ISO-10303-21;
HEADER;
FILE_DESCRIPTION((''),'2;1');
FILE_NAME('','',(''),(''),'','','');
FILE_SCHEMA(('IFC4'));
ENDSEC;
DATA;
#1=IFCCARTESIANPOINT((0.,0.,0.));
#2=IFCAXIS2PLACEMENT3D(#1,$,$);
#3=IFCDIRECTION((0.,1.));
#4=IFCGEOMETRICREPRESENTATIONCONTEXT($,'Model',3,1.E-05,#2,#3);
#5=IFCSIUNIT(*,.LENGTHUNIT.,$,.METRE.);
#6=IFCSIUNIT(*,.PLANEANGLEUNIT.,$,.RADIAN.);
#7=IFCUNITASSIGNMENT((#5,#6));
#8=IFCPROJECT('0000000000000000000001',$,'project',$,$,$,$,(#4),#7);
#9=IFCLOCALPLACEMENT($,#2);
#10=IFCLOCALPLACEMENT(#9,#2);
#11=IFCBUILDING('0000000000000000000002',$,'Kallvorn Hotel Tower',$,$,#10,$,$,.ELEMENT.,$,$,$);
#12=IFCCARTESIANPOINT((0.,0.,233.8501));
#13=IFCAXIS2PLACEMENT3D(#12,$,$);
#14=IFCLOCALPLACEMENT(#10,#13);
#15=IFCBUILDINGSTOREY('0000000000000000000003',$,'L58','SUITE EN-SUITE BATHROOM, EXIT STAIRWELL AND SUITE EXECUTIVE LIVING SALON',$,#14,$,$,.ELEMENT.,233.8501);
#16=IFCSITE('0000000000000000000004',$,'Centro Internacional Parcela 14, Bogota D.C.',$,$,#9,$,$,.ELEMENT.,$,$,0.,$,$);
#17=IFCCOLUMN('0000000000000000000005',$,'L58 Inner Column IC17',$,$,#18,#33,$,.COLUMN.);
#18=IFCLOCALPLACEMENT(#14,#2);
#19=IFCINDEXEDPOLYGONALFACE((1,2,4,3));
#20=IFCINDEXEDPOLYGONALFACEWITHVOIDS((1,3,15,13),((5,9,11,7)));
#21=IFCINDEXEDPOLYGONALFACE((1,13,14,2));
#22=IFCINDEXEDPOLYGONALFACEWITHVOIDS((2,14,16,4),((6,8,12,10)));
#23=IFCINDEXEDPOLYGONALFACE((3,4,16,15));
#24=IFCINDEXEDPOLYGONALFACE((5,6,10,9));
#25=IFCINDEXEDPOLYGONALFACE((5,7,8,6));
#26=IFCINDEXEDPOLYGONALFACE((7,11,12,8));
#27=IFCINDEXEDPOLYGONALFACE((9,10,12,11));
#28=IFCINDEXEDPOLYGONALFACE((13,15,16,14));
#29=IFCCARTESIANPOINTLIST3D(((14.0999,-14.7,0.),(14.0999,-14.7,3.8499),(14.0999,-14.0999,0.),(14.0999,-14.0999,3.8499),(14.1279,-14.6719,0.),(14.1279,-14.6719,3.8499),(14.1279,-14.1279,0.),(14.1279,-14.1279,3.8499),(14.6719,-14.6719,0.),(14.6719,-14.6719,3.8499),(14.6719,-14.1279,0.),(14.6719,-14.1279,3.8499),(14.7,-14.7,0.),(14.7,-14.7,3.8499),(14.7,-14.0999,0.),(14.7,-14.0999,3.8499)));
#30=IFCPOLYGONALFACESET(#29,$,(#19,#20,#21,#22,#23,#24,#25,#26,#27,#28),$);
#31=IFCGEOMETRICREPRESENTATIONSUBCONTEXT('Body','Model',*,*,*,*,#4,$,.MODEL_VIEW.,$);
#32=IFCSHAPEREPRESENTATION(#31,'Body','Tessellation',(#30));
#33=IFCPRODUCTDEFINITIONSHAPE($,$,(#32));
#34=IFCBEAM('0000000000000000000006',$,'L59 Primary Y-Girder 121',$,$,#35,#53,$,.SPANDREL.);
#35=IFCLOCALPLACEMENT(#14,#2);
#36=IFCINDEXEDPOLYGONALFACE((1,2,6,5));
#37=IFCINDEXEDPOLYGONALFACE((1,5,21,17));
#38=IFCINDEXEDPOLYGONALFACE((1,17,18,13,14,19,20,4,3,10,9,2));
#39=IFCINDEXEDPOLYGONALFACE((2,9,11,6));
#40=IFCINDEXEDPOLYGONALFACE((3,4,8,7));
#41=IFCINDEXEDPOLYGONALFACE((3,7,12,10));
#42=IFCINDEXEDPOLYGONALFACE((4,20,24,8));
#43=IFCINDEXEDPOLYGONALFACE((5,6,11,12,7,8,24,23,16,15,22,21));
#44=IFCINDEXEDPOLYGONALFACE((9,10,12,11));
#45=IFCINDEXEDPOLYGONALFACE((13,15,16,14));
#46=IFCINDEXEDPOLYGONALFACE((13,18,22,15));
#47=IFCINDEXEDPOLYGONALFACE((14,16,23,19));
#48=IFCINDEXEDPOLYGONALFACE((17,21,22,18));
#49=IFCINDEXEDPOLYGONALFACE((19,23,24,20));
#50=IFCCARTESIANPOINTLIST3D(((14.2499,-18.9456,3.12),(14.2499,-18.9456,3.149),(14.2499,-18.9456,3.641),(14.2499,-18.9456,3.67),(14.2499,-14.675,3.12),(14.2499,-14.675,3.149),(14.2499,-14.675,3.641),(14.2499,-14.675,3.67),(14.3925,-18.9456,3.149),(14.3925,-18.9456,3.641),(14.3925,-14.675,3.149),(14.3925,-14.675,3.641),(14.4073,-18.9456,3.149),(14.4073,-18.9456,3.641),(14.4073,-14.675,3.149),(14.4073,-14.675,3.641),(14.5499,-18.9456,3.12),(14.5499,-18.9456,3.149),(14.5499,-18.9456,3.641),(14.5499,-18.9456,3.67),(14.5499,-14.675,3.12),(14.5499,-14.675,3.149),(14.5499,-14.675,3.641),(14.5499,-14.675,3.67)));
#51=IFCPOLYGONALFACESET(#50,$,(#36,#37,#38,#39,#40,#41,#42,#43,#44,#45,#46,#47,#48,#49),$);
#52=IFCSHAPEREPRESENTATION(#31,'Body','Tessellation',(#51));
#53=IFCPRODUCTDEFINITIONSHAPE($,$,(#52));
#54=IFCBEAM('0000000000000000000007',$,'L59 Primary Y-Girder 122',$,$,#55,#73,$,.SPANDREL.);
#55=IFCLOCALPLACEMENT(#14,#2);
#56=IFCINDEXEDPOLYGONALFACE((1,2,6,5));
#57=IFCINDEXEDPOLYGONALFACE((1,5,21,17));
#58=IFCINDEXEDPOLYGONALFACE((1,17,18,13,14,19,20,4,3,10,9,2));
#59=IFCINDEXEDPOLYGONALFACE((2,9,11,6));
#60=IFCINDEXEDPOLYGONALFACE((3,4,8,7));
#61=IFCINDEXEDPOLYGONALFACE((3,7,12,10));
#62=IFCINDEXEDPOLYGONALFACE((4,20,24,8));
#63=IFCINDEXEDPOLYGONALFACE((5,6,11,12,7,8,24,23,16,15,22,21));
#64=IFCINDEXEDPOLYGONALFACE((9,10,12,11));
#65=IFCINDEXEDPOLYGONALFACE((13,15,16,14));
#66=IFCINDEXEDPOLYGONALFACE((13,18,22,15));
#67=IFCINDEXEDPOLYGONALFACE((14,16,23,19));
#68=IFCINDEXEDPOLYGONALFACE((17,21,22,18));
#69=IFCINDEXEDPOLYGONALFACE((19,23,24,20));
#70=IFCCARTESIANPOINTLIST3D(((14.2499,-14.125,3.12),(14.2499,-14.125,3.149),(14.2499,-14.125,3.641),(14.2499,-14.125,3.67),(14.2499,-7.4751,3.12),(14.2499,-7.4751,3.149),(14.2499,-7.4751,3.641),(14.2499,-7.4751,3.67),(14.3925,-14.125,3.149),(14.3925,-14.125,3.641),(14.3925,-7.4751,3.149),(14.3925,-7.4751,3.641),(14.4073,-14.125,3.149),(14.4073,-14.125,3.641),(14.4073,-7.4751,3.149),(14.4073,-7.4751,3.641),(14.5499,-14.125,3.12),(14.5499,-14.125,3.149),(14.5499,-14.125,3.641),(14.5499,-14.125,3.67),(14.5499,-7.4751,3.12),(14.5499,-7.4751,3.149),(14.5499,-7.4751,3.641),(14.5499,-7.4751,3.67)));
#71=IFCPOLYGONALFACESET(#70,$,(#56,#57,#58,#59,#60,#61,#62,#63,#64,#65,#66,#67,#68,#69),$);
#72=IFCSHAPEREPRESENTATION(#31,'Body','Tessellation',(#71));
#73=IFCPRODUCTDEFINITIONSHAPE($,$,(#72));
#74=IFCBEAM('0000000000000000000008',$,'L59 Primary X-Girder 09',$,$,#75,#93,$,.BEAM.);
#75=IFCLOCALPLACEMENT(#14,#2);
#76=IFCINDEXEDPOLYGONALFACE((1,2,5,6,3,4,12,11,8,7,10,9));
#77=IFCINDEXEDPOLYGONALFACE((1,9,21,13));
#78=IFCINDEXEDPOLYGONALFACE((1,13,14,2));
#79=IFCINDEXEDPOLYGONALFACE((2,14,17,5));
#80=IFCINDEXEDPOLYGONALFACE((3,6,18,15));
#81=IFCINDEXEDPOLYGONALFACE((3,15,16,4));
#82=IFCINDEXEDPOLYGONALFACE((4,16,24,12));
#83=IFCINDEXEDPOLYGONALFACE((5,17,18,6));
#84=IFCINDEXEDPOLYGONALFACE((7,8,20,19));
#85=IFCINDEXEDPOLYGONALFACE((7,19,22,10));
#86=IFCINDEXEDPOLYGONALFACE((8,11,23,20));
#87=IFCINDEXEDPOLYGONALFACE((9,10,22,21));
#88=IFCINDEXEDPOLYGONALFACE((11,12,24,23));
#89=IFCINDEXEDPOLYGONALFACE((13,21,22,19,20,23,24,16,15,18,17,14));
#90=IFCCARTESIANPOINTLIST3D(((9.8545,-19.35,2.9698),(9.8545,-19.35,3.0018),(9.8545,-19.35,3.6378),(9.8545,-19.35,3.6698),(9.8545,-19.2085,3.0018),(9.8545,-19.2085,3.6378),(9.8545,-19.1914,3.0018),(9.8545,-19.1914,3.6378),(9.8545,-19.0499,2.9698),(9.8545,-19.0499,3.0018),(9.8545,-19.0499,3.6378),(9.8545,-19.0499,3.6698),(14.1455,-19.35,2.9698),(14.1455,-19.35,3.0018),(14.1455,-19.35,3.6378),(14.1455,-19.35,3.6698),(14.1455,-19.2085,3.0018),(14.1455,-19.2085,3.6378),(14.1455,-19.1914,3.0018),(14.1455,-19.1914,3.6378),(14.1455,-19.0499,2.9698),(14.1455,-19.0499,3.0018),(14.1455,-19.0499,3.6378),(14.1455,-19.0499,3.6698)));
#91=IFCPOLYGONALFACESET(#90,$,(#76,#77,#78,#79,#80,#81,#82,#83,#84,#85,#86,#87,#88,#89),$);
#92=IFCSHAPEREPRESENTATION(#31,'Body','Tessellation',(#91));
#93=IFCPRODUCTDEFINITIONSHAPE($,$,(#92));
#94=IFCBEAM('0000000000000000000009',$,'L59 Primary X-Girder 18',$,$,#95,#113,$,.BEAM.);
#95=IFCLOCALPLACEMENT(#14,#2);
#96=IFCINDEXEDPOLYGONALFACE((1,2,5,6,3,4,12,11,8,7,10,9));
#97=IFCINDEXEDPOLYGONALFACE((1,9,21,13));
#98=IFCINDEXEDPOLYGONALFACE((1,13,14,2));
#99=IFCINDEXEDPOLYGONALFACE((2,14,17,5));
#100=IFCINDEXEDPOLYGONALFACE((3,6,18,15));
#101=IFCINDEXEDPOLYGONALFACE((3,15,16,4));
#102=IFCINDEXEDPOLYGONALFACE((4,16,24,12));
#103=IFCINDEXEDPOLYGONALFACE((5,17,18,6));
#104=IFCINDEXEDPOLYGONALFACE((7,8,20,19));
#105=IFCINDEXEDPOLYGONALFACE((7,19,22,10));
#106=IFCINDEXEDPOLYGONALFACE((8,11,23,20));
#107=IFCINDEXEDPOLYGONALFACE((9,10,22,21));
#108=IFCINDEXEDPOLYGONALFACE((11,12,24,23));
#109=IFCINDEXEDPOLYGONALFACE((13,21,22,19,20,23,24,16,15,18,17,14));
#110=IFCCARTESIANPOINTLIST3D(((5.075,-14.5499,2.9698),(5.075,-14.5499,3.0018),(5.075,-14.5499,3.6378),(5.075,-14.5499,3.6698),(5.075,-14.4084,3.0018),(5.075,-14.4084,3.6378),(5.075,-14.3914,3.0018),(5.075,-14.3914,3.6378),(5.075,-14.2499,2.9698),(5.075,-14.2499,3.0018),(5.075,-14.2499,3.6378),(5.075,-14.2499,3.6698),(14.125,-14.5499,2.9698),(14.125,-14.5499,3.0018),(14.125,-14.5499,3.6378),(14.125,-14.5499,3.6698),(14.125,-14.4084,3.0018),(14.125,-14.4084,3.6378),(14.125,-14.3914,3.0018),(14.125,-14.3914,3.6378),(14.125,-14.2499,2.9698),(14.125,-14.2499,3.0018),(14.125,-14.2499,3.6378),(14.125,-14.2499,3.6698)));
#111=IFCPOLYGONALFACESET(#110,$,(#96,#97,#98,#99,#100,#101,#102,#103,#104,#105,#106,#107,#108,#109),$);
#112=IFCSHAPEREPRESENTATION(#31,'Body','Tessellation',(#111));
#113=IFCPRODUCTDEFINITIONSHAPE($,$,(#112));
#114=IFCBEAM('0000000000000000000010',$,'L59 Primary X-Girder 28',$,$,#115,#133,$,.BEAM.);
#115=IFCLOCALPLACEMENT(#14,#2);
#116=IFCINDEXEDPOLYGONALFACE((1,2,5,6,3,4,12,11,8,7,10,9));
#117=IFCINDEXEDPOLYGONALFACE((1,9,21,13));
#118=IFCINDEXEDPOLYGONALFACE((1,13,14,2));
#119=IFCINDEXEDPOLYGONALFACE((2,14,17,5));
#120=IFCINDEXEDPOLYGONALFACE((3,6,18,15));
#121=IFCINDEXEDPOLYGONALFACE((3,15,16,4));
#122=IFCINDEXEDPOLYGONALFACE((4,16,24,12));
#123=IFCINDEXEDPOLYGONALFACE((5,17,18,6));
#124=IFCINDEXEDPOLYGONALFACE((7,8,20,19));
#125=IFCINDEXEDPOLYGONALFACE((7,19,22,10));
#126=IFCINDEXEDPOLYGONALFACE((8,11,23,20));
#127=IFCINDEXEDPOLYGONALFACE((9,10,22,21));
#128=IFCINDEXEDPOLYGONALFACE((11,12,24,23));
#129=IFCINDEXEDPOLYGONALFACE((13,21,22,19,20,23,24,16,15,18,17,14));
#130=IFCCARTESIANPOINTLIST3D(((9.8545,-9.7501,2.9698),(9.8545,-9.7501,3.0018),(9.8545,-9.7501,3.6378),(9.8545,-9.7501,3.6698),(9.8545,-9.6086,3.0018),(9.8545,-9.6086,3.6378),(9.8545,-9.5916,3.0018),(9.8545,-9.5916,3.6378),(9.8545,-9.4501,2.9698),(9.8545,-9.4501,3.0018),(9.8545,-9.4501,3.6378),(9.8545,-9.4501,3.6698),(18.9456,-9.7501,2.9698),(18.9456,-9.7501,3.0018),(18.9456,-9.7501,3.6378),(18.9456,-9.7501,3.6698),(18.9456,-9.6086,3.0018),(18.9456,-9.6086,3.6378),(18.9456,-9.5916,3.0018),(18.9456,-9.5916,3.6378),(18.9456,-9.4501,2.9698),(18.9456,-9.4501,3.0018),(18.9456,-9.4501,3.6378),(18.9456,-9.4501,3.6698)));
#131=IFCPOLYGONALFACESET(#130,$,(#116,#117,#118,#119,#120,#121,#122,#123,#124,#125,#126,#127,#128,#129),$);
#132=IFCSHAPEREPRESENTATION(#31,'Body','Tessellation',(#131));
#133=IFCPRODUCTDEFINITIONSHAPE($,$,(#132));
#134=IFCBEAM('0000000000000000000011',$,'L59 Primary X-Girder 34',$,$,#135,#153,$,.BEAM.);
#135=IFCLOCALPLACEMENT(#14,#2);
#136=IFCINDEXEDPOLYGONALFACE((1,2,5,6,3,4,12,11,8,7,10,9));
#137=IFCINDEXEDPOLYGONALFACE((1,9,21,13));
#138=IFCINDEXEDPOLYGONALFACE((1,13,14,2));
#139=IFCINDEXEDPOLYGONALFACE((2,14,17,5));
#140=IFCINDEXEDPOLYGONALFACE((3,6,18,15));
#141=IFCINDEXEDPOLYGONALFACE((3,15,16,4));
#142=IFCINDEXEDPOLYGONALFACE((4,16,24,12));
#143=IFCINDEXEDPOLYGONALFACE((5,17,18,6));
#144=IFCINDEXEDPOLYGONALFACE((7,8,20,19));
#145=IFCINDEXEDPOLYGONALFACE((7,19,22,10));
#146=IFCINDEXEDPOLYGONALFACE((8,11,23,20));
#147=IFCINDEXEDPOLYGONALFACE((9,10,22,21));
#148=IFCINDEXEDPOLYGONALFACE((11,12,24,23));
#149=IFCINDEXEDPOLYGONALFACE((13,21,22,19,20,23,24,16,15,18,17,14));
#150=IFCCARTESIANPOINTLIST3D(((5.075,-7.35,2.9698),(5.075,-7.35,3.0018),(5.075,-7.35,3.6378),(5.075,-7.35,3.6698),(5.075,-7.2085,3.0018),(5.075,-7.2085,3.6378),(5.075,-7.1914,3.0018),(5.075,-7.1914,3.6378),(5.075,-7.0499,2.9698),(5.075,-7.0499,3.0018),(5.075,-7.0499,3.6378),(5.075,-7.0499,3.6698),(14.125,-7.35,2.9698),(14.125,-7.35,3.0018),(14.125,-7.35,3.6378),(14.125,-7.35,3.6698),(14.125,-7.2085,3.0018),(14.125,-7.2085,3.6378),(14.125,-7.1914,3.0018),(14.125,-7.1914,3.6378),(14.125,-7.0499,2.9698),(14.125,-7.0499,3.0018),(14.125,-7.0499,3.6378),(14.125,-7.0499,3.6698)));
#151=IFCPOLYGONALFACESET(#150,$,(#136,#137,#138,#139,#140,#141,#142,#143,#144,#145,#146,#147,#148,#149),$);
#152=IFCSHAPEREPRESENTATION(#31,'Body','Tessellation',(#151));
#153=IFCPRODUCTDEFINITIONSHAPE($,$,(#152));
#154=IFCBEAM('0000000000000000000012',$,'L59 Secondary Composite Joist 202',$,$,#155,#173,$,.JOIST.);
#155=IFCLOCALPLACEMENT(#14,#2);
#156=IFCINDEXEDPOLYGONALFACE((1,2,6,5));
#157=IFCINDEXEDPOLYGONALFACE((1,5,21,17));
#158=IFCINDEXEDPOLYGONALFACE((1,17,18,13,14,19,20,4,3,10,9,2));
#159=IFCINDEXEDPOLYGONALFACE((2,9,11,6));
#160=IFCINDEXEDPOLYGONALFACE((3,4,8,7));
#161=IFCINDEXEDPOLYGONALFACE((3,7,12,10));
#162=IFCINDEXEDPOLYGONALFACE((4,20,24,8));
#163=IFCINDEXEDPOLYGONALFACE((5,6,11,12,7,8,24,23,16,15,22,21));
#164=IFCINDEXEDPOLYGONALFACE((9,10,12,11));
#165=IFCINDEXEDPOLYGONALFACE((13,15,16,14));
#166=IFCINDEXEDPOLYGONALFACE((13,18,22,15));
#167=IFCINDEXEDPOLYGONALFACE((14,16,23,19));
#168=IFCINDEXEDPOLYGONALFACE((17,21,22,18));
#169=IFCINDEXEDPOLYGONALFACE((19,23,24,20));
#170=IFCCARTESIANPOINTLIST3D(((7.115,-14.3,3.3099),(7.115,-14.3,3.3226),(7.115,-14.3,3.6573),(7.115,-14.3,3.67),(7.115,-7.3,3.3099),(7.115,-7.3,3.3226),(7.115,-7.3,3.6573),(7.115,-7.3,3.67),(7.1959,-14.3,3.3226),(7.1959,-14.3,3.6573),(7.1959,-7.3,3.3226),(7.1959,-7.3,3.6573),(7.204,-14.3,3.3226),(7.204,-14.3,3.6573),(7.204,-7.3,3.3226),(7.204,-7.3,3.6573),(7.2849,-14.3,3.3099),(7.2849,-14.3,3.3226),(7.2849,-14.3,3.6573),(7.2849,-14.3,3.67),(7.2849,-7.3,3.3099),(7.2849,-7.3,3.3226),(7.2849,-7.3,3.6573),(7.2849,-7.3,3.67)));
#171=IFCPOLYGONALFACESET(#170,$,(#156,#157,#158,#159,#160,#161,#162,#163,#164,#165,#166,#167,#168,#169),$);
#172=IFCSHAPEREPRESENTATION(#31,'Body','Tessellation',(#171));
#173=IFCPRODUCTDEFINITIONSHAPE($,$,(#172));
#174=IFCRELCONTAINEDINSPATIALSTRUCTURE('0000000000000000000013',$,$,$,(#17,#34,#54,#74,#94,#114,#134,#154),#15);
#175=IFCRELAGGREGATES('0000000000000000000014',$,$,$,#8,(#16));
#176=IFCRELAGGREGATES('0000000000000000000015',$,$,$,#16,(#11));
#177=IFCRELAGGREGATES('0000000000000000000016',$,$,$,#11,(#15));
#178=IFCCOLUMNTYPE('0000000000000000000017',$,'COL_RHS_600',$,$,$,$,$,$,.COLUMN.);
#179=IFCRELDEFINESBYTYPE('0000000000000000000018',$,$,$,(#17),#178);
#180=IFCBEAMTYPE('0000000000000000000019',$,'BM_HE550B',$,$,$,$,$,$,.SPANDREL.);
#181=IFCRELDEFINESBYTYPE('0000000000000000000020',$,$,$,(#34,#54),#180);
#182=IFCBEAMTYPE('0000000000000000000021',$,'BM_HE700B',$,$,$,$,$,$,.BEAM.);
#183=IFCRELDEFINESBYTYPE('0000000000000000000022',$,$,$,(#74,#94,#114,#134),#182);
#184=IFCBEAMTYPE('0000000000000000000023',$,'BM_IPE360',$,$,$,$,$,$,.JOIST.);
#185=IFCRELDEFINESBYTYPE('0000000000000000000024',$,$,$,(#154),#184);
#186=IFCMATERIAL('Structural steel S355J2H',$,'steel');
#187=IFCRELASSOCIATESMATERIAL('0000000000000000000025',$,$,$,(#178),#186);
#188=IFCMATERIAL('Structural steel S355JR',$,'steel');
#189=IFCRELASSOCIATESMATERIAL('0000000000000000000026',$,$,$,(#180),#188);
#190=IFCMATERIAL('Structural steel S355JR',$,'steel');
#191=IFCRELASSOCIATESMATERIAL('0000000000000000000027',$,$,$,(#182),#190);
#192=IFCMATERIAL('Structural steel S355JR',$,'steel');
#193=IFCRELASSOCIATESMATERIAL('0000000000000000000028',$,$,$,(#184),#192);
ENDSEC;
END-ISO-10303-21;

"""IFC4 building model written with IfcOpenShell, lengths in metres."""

from ifc_helpers import new_model, si_unit, direction, frame, origin, origin_2d, place, context, subcontext, project, spatial, hollow_rectangle, i_section, extrude, material, material_profile, profile_set, type_object, element, save


model = new_model("IFC4")

# Units and contexts
model_context = context("Model", 3, precision=1e-05, world=origin(), true_north=direction((0.0, 1.0)))
body_context = subcontext(model_context, "Body", "Model", "MODEL_VIEW")
ifc_project = project(units=[si_unit("LENGTHUNIT", "METRE"), si_unit("PLANEANGLEUNIT", "RADIAN")], contexts=[model_context])

# Site, building, storey
site_placement = place(None, origin())
site = spatial("IfcSite", under=ifc_project, at=site_placement, Name="Centro Internacional Parcela 14, Bogota D.C.", CompositionType="ELEMENT", RefElevation=0.0)
building_placement = place(site_placement, origin())
building = spatial("IfcBuilding", under=site, at=building_placement, Name="Kallvorn Hotel Tower", CompositionType="ELEMENT")
storey_placement = place(building_placement, frame((0.0, 0.0, 233.8501)))
storey = spatial("IfcBuildingStorey", under=building, at=storey_placement, Name="L58", Description="SUITE EN-SUITE BATHROOM, EXIT STAIRWELL AND SUITE EXECUTIVE LIVING SALON", CompositionType="ELEMENT", Elevation=233.8501)

# Column
ifc_material_1 = material(Name="Structural steel S355J2H", Category="steel")
ifc_material_profile_1 = material_profile(ifc_material_1, hollow_rectangle(XDim=0.6001, YDim=0.6001, WallThickness=0.0281, at=origin_2d()), Name="RHS 600x600x28")
ifc_profile_set_1 = profile_set([ifc_material_profile_1], Name="Structural steel S355J2H")
column_type_1 = type_object("IfcColumnType", Name="COL_RHS_600", PredefinedType="COLUMN", material=ifc_profile_set_1)
column_placement = place(storey_placement, frame((14.3999, -14.3999, 0.0), z_axis=(0.0, 0.0, 1.0), x_axis=(1.0, 0.0, 0.0)))
element("IfcColumn", 1, at=column_placement, inside=storey, type_object=column_type_1, Name="L58 Inner Column IC17", PredefinedType="COLUMN", context=body_context, shape_type="SweptSolid", body=[
    extrude(hollow_rectangle(XDim=0.6001, YDim=0.6001, WallThickness=0.0281, at=origin_2d()), origin(), (0.0, 0.0, 1.0), 3.8499),
])

# Beams
ifc_material_2 = material(Name="Structural steel S355JR", Category="steel")
ifc_material_profile_2 = material_profile(ifc_material_2, i_section(OverallWidth=0.3, OverallDepth=0.55, WebThickness=0.0149, FlangeThickness=0.0291, at=origin_2d()), Name="HE 550 B")
ifc_profile_set_2 = profile_set([ifc_material_profile_2], Name="Structural steel S355JR")
beam_type_1 = type_object("IfcBeamType", Name="BM_HE550B", PredefinedType="SPANDREL", material=ifc_profile_set_2)
beam_1_placement = place(storey_placement, frame((14.3999, -18.9456, 3.395), z_axis=(0.0, 1.0, 0.0), x_axis=(-1.0, 0.0, 0.0)))
element("IfcBeam", 2, at=beam_1_placement, inside=storey, type_object=beam_type_1, Name="L59 Primary Y-Girder 121", PredefinedType="SPANDREL", context=body_context, shape_type="SweptSolid", body=[
    extrude(i_section(OverallWidth=0.3, OverallDepth=0.55, WebThickness=0.0149, FlangeThickness=0.0291, at=origin_2d()), origin(), (0.0, 0.0, 1.0), 4.2705),
])
beam_2_placement = place(storey_placement, frame((14.3999, -14.125, 3.395), z_axis=(0.0, 1.0, 0.0), x_axis=(-1.0, 0.0, 0.0)))
element("IfcBeam", 3, at=beam_2_placement, inside=storey, type_object=beam_type_1, Name="L59 Primary Y-Girder 122", PredefinedType="SPANDREL", context=body_context, shape_type="SweptSolid", body=[
    extrude(i_section(OverallWidth=0.3, OverallDepth=0.55, WebThickness=0.0149, FlangeThickness=0.0291, at=origin_2d()), origin(), (0.0, 0.0, 1.0), 6.6499),
])
ifc_material_3 = material(Name="Structural steel S355JR", Category="steel")
ifc_material_profile_3 = material_profile(ifc_material_3, i_section(OverallWidth=0.3, OverallDepth=0.7, WebThickness=0.0171, FlangeThickness=0.032, at=origin_2d()), Name="HE 700 B")
ifc_profile_set_3 = profile_set([ifc_material_profile_3], Name="Structural steel S355JR")
beam_type_2 = type_object("IfcBeamType", Name="BM_HE700B", PredefinedType="BEAM", material=ifc_profile_set_3)
beam_3_placement = place(storey_placement, frame((9.8545, -19.2, 3.3198), z_axis=(1.0, 0.0, 0.0), x_axis=(0.0, 1.0, 0.0)))
element("IfcBeam", 4, at=beam_3_placement, inside=storey, type_object=beam_type_2, Name="L59 Primary X-Girder 09", PredefinedType="BEAM", context=body_context, shape_type="SweptSolid", body=[
    extrude(i_section(OverallWidth=0.3, OverallDepth=0.7, WebThickness=0.0171, FlangeThickness=0.032, at=origin_2d()), origin(), (0.0, 0.0, 1.0), 4.291),
])
beam_4_placement = place(storey_placement, frame((5.075, -14.3999, 3.3198), z_axis=(1.0, 0.0, 0.0), x_axis=(0.0, 1.0, 0.0)))
element("IfcBeam", 5, at=beam_4_placement, inside=storey, type_object=beam_type_2, Name="L59 Primary X-Girder 18", PredefinedType="BEAM", context=body_context, shape_type="SweptSolid", body=[
    extrude(i_section(OverallWidth=0.3, OverallDepth=0.7, WebThickness=0.0171, FlangeThickness=0.032, at=origin_2d()), origin(), (0.0, 0.0, 1.0), 9.05),
])
beam_5_placement = place(storey_placement, frame((9.8545, -9.6001, 3.3198), z_axis=(1.0, 0.0, 0.0), x_axis=(0.0, 1.0, 0.0)))
element("IfcBeam", 6, at=beam_5_placement, inside=storey, type_object=beam_type_2, Name="L59 Primary X-Girder 28", PredefinedType="BEAM", context=body_context, shape_type="SweptSolid", body=[
    extrude(i_section(OverallWidth=0.3, OverallDepth=0.7, WebThickness=0.0171, FlangeThickness=0.032, at=origin_2d()), origin(), (0.0, 0.0, 1.0), 9.0911),
])
beam_6_placement = place(storey_placement, frame((5.075, -7.2, 3.3198), z_axis=(1.0, 0.0, 0.0), x_axis=(0.0, 1.0, 0.0)))
element("IfcBeam", 7, at=beam_6_placement, inside=storey, type_object=beam_type_2, Name="L59 Primary X-Girder 34", PredefinedType="BEAM", context=body_context, shape_type="SweptSolid", body=[
    extrude(i_section(OverallWidth=0.3, OverallDepth=0.7, WebThickness=0.0171, FlangeThickness=0.032, at=origin_2d()), origin(), (0.0, 0.0, 1.0), 9.05),
])
ifc_material_4 = material(Name="Structural steel S355JR", Category="steel")
ifc_material_profile_4 = material_profile(ifc_material_4, i_section(OverallWidth=0.1699, OverallDepth=0.3601, WebThickness=0.0081, FlangeThickness=0.0127, at=origin_2d()), Name="IPE 360")
ifc_profile_set_4 = profile_set([ifc_material_profile_4], Name="Structural steel S355JR")
beam_type_3 = type_object("IfcBeamType", Name="BM_IPE360", PredefinedType="JOIST", material=ifc_profile_set_4)
for number, where, z_axis, x_axis, name in (
    (8, (7.2, -14.3, 3.49), (0.0, 1.0, 0.0), (-1.0, 0.0, 0.0), "L59 Secondary Composite Joist 202"),
):
    element("IfcBeam", number, at=place(storey_placement, frame(where, z_axis=z_axis, x_axis=x_axis)), inside=storey, type_object=beam_type_3, Name=name, PredefinedType="JOIST", context=body_context, shape_type="SweptSolid", body=[
        extrude(i_section(OverallWidth=0.1699, OverallDepth=0.3601, WebThickness=0.0081, FlangeThickness=0.0127, at=origin_2d()), origin(), (0.0, 0.0, 1.0), 7.0),
    ])

save(model, "model.ifc")
